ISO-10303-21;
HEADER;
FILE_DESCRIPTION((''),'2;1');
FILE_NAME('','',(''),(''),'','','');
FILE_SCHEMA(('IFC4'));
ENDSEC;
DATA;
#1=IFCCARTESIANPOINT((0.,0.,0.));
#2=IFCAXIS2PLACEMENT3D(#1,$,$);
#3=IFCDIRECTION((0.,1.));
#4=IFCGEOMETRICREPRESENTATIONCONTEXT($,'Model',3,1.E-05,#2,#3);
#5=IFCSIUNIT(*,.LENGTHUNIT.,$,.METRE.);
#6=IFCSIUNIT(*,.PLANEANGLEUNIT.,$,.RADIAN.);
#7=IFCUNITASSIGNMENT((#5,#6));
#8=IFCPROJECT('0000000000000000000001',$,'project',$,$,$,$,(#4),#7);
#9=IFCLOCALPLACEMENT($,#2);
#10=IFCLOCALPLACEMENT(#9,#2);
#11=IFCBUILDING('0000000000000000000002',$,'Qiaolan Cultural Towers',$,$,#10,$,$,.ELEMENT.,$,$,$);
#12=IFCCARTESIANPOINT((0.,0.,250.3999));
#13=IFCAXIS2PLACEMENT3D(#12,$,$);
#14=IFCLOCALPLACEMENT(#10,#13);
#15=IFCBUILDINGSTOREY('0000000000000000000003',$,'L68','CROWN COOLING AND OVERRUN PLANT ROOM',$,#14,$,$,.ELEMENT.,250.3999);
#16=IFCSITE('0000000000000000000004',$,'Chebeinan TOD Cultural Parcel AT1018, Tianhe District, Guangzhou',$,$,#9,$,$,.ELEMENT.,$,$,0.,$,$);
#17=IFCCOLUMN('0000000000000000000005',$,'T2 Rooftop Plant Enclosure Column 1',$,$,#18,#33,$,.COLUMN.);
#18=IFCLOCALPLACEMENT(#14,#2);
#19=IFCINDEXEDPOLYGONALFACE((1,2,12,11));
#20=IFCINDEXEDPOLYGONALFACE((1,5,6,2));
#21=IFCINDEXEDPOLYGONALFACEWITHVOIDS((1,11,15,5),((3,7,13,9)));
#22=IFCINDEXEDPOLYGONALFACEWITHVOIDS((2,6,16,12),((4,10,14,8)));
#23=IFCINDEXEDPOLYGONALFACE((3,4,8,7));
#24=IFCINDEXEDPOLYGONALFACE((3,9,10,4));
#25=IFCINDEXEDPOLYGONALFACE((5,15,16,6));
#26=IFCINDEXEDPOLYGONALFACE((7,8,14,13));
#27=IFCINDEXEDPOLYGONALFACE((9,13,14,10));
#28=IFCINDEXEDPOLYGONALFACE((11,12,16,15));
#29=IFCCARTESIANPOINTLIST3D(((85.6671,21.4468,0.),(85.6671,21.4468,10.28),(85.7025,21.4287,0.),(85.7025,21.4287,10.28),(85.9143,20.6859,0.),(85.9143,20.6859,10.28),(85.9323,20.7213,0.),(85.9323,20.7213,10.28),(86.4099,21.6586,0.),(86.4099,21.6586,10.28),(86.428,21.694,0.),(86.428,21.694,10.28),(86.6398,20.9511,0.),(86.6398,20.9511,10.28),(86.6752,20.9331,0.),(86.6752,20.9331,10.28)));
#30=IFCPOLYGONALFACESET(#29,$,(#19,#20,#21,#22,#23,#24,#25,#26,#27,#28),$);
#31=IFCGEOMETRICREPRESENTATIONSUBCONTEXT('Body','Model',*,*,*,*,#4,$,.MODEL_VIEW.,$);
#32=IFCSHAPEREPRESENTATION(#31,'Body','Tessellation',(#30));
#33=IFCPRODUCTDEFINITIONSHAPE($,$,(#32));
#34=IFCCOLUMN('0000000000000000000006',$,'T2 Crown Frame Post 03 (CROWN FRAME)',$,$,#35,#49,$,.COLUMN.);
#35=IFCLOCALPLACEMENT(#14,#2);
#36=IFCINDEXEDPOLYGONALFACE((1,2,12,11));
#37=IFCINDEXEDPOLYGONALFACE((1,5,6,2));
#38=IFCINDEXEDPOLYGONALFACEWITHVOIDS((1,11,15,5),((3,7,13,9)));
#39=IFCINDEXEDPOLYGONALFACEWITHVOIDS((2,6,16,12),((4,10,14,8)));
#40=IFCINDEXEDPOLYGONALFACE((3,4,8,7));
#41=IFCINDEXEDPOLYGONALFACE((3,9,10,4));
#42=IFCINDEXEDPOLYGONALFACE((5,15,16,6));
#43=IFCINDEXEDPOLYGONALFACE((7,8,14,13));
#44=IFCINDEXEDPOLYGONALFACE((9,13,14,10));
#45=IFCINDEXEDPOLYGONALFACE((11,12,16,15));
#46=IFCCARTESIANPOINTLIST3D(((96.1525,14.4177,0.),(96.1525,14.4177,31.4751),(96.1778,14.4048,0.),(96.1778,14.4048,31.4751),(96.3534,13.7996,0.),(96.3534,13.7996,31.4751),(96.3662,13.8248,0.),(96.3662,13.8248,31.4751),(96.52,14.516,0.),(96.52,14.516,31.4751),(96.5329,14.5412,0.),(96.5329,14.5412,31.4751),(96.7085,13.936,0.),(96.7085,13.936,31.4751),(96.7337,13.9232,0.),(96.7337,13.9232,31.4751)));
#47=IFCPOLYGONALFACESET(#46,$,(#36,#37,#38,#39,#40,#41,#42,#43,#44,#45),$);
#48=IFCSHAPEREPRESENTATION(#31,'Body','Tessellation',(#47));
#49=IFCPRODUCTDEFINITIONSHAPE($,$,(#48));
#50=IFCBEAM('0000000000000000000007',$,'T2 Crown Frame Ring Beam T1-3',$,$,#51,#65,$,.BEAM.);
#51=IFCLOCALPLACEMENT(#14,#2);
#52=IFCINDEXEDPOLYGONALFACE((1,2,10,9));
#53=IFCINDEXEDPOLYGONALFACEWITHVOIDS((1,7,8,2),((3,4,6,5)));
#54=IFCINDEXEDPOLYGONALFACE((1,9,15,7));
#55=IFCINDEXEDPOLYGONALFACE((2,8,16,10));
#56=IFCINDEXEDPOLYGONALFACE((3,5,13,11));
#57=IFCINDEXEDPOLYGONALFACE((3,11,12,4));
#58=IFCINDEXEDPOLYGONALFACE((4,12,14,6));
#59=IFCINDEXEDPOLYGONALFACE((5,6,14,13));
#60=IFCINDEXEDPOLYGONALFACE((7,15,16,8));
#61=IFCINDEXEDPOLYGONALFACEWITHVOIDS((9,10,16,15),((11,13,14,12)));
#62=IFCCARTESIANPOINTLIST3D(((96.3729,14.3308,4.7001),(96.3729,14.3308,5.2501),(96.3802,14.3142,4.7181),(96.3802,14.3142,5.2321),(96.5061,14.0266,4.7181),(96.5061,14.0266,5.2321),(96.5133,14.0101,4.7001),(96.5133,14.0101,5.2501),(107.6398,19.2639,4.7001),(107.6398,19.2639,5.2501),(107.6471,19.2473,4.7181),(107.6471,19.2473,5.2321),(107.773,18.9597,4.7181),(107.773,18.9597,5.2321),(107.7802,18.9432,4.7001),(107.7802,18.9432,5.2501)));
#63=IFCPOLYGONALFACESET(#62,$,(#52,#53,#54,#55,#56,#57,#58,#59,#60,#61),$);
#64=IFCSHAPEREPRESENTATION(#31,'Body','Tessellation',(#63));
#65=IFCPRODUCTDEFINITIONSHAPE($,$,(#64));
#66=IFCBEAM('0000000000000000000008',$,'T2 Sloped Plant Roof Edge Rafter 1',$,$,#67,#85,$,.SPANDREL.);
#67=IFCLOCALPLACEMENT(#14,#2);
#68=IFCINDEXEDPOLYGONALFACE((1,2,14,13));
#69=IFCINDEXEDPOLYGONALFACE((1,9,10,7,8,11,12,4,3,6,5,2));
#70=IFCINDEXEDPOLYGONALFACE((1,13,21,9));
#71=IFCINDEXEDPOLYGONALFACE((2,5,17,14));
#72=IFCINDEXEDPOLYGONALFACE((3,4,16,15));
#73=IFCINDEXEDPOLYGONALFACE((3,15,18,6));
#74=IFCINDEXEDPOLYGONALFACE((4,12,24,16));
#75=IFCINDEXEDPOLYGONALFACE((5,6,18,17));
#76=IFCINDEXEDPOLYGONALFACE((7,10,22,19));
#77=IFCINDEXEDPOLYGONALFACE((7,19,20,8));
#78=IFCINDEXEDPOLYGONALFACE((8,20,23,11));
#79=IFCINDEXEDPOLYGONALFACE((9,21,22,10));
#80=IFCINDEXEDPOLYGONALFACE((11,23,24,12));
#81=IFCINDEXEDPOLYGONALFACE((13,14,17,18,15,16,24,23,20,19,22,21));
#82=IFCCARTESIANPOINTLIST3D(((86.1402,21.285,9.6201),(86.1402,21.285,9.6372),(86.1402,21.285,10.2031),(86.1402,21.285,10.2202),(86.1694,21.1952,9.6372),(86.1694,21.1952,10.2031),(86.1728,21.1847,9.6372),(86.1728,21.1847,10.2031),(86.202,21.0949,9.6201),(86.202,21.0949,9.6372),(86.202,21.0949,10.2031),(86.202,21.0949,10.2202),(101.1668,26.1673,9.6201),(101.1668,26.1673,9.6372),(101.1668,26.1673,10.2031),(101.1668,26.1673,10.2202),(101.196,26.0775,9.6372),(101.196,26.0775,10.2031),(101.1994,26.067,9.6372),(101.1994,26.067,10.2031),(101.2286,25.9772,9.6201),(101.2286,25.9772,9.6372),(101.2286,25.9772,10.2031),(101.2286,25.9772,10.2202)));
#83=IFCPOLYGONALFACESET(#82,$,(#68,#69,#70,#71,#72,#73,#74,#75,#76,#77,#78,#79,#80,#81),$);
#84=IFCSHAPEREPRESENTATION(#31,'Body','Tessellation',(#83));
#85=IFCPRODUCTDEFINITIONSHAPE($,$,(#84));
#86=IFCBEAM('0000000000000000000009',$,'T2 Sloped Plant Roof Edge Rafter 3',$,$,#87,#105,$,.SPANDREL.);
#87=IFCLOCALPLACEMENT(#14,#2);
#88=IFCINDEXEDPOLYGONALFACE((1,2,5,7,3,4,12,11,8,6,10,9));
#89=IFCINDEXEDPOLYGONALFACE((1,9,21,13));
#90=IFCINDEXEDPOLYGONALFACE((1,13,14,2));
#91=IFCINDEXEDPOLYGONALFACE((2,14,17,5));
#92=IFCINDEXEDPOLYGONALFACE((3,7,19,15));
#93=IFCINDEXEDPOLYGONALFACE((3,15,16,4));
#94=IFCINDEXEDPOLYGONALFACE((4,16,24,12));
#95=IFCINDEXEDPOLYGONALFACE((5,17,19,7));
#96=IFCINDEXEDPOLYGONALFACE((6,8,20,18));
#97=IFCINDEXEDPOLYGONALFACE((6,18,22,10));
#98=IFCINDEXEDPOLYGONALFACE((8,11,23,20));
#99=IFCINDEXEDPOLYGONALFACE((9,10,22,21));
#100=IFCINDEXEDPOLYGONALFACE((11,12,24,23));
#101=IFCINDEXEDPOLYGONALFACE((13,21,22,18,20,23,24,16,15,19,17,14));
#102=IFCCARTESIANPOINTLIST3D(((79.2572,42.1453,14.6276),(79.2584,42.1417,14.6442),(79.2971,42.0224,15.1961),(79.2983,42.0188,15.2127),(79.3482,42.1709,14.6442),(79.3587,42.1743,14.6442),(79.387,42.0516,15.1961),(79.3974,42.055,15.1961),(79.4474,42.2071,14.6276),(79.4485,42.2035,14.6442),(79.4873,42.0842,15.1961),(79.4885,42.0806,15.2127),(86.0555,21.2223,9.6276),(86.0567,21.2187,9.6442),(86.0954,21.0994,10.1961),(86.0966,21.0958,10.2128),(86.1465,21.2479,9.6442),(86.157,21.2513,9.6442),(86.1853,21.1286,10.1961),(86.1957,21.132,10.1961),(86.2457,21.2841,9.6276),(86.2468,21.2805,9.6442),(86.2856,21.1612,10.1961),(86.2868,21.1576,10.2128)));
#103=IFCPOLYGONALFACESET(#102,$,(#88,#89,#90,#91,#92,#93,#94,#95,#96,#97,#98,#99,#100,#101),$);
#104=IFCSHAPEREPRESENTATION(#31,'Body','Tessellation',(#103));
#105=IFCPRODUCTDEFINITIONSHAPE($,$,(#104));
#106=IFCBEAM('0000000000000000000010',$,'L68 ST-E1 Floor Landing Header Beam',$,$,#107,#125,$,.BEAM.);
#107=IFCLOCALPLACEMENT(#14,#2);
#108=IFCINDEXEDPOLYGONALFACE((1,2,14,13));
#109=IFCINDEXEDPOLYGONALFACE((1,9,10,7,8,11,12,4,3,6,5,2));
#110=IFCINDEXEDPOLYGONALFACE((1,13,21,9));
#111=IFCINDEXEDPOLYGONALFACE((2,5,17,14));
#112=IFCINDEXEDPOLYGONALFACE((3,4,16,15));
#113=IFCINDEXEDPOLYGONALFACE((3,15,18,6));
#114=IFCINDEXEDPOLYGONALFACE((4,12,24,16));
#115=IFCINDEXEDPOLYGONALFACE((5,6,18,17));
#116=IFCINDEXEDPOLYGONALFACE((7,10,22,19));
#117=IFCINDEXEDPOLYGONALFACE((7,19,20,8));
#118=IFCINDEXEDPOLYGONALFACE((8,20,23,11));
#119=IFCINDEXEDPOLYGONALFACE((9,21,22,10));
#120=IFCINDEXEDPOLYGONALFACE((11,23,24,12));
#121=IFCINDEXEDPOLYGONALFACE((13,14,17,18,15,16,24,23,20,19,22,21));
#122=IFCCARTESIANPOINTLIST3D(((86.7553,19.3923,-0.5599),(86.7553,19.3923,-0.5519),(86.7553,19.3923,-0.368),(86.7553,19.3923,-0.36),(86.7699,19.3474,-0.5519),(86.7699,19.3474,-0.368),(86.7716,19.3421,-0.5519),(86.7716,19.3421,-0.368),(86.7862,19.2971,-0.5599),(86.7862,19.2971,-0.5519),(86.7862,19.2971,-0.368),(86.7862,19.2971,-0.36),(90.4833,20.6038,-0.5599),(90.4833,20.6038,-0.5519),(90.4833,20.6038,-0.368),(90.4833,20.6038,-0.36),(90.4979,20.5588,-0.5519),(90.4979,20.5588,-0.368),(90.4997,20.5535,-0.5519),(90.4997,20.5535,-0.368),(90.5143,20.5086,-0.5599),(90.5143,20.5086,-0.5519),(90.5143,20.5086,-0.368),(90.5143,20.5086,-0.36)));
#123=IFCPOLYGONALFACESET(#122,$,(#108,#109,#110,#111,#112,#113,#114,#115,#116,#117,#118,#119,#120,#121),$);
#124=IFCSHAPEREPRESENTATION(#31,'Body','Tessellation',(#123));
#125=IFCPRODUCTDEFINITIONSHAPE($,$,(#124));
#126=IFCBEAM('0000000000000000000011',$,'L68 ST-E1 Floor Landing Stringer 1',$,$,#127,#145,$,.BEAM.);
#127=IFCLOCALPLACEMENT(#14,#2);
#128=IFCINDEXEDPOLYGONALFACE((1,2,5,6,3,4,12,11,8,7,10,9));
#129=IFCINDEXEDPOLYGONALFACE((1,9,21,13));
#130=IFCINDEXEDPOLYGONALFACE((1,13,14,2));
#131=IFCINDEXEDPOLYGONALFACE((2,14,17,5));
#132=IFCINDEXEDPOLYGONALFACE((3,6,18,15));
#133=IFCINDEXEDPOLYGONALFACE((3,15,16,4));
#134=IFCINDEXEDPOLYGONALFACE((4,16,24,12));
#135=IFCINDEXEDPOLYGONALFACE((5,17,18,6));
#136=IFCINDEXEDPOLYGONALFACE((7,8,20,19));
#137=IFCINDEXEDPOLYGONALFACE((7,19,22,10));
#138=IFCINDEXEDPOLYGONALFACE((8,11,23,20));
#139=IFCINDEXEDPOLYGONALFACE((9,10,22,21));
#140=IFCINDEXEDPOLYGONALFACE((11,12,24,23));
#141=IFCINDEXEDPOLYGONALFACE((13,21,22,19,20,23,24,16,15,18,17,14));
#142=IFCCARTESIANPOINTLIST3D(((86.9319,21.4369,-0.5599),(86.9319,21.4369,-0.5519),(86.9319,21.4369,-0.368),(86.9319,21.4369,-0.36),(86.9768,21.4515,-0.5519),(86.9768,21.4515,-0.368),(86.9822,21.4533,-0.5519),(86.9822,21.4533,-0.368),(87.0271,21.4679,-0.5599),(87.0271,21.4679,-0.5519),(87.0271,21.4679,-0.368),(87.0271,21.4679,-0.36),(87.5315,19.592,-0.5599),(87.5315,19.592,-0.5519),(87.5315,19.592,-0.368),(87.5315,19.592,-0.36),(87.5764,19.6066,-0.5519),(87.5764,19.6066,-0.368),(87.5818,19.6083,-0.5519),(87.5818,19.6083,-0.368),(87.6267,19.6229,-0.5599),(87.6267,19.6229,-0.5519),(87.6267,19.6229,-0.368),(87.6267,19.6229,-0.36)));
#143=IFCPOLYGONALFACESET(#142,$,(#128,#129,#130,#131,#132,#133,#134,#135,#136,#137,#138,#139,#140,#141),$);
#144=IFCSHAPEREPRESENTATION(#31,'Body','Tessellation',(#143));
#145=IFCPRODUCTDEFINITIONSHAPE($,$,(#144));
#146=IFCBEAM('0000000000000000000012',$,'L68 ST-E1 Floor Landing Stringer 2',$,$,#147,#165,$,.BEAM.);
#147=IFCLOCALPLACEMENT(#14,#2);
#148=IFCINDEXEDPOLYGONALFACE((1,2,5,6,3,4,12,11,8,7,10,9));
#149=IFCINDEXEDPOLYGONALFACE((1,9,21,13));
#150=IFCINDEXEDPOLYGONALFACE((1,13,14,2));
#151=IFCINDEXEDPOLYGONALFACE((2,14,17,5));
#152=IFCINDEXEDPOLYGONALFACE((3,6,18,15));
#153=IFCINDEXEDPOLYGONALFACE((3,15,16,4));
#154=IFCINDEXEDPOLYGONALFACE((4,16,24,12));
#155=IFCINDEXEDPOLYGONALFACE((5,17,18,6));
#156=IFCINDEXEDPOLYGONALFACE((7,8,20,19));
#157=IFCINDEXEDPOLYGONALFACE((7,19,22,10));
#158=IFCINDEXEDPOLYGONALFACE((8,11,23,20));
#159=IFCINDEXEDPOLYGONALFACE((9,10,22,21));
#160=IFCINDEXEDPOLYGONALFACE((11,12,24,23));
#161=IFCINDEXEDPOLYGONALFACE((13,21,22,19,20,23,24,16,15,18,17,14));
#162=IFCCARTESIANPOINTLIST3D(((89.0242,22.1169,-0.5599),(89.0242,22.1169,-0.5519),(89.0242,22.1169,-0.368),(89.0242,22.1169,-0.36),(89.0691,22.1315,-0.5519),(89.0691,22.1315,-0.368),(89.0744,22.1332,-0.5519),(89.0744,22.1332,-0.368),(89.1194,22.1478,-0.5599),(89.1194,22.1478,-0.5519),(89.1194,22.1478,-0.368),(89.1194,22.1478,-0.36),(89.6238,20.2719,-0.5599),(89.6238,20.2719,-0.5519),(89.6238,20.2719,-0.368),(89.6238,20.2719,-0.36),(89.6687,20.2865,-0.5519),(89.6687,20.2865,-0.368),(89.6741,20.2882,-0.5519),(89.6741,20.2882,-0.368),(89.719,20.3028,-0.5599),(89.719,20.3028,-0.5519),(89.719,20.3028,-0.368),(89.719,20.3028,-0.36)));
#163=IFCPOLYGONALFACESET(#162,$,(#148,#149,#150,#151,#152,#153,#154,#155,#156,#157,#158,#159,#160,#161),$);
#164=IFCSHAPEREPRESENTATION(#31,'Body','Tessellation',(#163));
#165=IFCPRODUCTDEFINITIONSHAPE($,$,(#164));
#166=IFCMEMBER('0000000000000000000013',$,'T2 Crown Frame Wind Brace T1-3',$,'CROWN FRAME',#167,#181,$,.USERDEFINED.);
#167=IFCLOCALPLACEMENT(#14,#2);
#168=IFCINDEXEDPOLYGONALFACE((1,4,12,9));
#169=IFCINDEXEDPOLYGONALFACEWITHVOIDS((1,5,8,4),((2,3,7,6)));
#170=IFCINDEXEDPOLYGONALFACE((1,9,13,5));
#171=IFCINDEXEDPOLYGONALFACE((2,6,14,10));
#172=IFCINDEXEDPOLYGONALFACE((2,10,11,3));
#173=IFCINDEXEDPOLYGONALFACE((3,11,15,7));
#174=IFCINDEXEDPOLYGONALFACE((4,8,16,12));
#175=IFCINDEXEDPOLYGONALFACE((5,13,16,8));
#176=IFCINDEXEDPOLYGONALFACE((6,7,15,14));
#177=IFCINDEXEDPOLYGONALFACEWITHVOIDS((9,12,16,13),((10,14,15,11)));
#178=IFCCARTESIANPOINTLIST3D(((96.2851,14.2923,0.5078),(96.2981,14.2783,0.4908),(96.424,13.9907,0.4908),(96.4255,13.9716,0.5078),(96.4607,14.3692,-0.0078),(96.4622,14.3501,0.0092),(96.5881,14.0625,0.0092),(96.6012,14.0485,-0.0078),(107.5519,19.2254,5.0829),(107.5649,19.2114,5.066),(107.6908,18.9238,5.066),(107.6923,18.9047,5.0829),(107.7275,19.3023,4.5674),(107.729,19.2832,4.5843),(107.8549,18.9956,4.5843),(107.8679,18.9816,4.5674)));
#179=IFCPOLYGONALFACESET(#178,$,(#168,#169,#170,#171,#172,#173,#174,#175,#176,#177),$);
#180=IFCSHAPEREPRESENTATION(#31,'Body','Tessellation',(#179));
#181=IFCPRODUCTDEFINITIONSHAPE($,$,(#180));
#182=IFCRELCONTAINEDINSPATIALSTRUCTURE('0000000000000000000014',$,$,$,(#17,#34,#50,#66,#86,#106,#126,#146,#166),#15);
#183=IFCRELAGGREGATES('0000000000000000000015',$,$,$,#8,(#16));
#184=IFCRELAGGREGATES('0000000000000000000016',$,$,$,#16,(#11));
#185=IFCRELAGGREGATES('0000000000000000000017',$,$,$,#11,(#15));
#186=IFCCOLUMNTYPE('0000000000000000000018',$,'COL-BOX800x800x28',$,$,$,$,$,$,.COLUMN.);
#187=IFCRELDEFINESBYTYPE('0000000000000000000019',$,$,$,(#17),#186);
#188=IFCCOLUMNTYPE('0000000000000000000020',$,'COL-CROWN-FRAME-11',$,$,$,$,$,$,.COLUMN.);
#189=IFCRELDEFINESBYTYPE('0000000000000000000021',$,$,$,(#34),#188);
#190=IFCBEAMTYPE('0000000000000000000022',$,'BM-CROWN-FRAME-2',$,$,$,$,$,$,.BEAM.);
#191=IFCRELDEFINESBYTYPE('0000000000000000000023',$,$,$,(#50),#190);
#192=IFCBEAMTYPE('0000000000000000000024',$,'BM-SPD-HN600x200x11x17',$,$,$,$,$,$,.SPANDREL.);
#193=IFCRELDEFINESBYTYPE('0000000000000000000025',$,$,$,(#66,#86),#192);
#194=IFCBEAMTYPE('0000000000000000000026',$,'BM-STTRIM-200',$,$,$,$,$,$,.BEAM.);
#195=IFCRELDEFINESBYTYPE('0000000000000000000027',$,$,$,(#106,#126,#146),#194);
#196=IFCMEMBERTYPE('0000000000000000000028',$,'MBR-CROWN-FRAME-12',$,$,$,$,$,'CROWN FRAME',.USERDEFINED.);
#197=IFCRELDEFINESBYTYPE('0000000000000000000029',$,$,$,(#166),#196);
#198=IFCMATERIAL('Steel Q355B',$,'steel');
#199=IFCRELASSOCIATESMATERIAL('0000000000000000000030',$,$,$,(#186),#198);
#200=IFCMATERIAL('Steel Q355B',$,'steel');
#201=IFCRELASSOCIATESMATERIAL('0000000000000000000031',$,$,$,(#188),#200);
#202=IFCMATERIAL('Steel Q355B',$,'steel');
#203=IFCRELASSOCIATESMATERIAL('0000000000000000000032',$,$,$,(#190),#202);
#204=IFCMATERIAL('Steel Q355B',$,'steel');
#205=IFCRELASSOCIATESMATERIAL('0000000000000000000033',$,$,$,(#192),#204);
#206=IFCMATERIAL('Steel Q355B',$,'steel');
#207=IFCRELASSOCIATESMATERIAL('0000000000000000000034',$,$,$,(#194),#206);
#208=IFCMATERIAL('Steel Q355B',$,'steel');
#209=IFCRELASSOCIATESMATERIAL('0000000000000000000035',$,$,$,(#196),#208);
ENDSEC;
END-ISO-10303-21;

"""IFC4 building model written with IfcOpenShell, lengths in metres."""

from ifc_helpers import new_model, si_unit, direction, frame, origin, origin_2d, place, context, subcontext, project, spatial, hollow_rectangle, i_section, extrude, material, material_profile, profile_set, type_object, element, save


model = new_model("IFC4")

# Units and contexts
model_context = context("Model", 3, precision=1e-05, world=origin(), true_north=direction((0.0, 1.0)))
body_context = subcontext(model_context, "Body", "Model", "MODEL_VIEW")
ifc_project = project(units=[si_unit("LENGTHUNIT", "METRE"), si_unit("PLANEANGLEUNIT", "RADIAN")], contexts=[model_context])

# Site, building, storey
site_placement = place(None, origin())
site = spatial("IfcSite", under=ifc_project, at=site_placement, Name="Chebeinan TOD Cultural Parcel AT1018, Tianhe District, Guangzhou", CompositionType="ELEMENT", RefElevation=0.0)
building_placement = place(site_placement, origin())
building = spatial("IfcBuilding", under=site, at=building_placement, Name="Qiaolan Cultural Towers", CompositionType="ELEMENT")
storey_placement = place(building_placement, frame((0.0, 0.0, 250.3999)))
storey = spatial("IfcBuildingStorey", under=building, at=storey_placement, Name="L68", Description="CROWN COOLING AND OVERRUN PLANT ROOM", CompositionType="ELEMENT", Elevation=250.3999)

# Columns
ifc_material_1 = material(Name="Steel Q355B", Category="steel")
ifc_material_profile_1 = material_profile(ifc_material_1, hollow_rectangle(XDim=0.8, YDim=0.8, WallThickness=0.0281, at=origin_2d()), Name="BOX800x800x28")
ifc_profile_set_1 = profile_set([ifc_material_profile_1], Name="Steel Q355B")
column_type_1 = type_object("IfcColumnType", Name="COL-BOX800x800x28", PredefinedType="COLUMN", material=ifc_profile_set_1)
column_1_placement = place(storey_placement, frame((86.1711, 21.1899, 0.0), z_axis=(0.0, 0.0, 1.0), x_axis=(0.951057, 0.309017, 0.0)))
element("IfcColumn", 1, at=column_1_placement, inside=storey, type_object=column_type_1, Name="T2 Rooftop Plant Enclosure Column 1", PredefinedType="COLUMN", context=body_context, shape_type="SweptSolid", body=[
    extrude(hollow_rectangle(XDim=0.8, YDim=0.8, WallThickness=0.0281, at=origin_2d()), origin(), (0.0, 0.0, 1.0), 10.28),
])
ifc_material_2 = material(Name="Steel Q355B", Category="steel")
ifc_material_profile_2 = material_profile(ifc_material_2, hollow_rectangle(XDim=0.3999, YDim=0.6499, WallThickness=0.02, at=origin_2d()), Name="BOX650x400x20")
ifc_profile_set_2 = profile_set([ifc_material_profile_2], Name="Steel Q355B")
column_type_2 = type_object("IfcColumnType", Name="COL-CROWN-FRAME-11", PredefinedType="COLUMN", material=ifc_profile_set_2)
column_2_placement = place(storey_placement, frame((96.4431, 14.1704, 0.0), z_axis=(0.0, 0.0, 1.0), x_axis=(0.951057, 0.309017, 0.0)))
element("IfcColumn", 2, at=column_2_placement, inside=storey, type_object=column_type_2, Name="T2 Crown Frame Post 03 (CROWN FRAME)", PredefinedType="COLUMN", context=body_context, shape_type="SweptSolid", body=[
    extrude(hollow_rectangle(XDim=0.3999, YDim=0.6499, WallThickness=0.02, at=origin_2d()), origin(), (0.0, 0.0, 1.0), 31.4751),
])

# Beams
ifc_material_3 = material(Name="Steel Q355B", Category="steel")
ifc_material_profile_3 = material_profile(ifc_material_3, hollow_rectangle(XDim=0.3501, YDim=0.55, WallThickness=0.0181, at=origin_2d()), Name="BOX550x350x18")
ifc_profile_set_3 = profile_set([ifc_material_profile_3], Name="Steel Q355B")
beam_type_1 = type_object("IfcBeamType", Name="BM-CROWN-FRAME-2", PredefinedType="BEAM", material=ifc_profile_set_3)
beam_1_placement = place(storey_placement, frame((96.4431, 14.1704, 4.9751), z_axis=(0.916042, 0.401082, 0.0), x_axis=(-0.401082, 0.916042, 0.0)))
element("IfcBeam", 3, at=beam_1_placement, inside=storey, type_object=beam_type_1, Name="T2 Crown Frame Ring Beam T1-3", PredefinedType="BEAM", context=body_context, shape_type="SweptSolid", body=[
    extrude(hollow_rectangle(XDim=0.3501, YDim=0.55, WallThickness=0.0181, at=origin_2d()), origin(), (0.0, 0.0, 1.0), 12.2996),
])
ifc_material_4 = material(Name="Steel Q355B", Category="steel")
ifc_material_profile_4 = material_profile(ifc_material_4, i_section(OverallWidth=0.2, OverallDepth=0.6001, WebThickness=0.011, FlangeThickness=0.0171, at=origin_2d()), Name="HN600x200x11x17")
ifc_profile_set_4 = profile_set([ifc_material_profile_4], Name="Steel Q355B")
beam_type_2 = type_object("IfcBeamType", Name="BM-SPD-HN600x200x11x17", PredefinedType="SPANDREL", material=ifc_profile_set_4)
beam_2_placement = place(storey_placement, frame((86.1711, 21.1899, 9.9202), z_axis=(0.951059, 0.30901, 0.0), x_axis=(-0.30901, 0.951059, 0.0)))
element("IfcBeam", 4, at=beam_2_placement, inside=storey, type_object=beam_type_2, Name="T2 Sloped Plant Roof Edge Rafter 1", PredefinedType="SPANDREL", context=body_context, shape_type="SweptSolid", body=[
    extrude(i_section(OverallWidth=0.2, OverallDepth=0.6001, WebThickness=0.011, FlangeThickness=0.0171, at=origin_2d()), origin(), (0.0, 0.0, 1.0), 15.7998),
])
beam_3_placement = place(storey_placement, frame((86.1711, 21.1899, 9.9202), z_axis=(-0.301333, 0.927406, 0.221623), x_axis=(-0.951056, -0.309018, 0.0)))
element("IfcBeam", 5, at=beam_3_placement, inside=storey, type_object=beam_type_2, Name="T2 Sloped Plant Roof Edge Rafter 3", PredefinedType="SPANDREL", context=body_context, shape_type="SweptSolid", body=[
    extrude(i_section(OverallWidth=0.2, OverallDepth=0.6001, WebThickness=0.011, FlangeThickness=0.0171, at=origin_2d()), origin(), (0.0, 0.0, 1.0), 22.5608),
])
ifc_material_5 = material(Name="Steel Q355B", Category="steel")
ifc_material_profile_5 = material_profile(ifc_material_5, i_section(OverallWidth=0.1001, OverallDepth=0.2, WebThickness=0.0056, FlangeThickness=0.0081, at=origin_2d()), Name="HN200x100x5.5x8")
ifc_profile_set_5 = profile_set([ifc_material_profile_5], Name="Steel Q355B")
beam_type_3 = type_object("IfcBeamType", Name="BM-STTRIM-200", PredefinedType="BEAM", material=ifc_profile_set_5)
beam_4_placement = place(storey_placement, frame((86.7708, 19.3447, -0.46), z_axis=(0.951048, 0.309044, 0.0), x_axis=(-0.309044, 0.951048, 0.0)))
element("IfcBeam", 6, at=beam_4_placement, inside=storey, type_object=beam_type_3, Name="L68 ST-E1 Floor Landing Header Beam", PredefinedType="BEAM", context=body_context, shape_type="SweptSolid", body=[
    extrude(i_section(OverallWidth=0.1001, OverallDepth=0.2, WebThickness=0.0056, FlangeThickness=0.0081, at=origin_2d()), origin(), (0.0, 0.0, 1.0), 3.9199),
])
for number, where, z_axis, x_axis, name in (
    (7, (86.9795, 21.4524, -0.46), (0.309083, -0.951035, 0.0), (0.951035, 0.309083, 0.0), "L68 ST-E1 Floor Landing Stringer 1"),
    (8, (89.0718, 22.1323, -0.46), (0.309083, -0.951035, 0.0), (0.951035, 0.309083, 0.0), "L68 ST-E1 Floor Landing Stringer 2"),
):
    element("IfcBeam", number, at=place(storey_placement, frame(where, z_axis=z_axis, x_axis=x_axis)), inside=storey, type_object=beam_type_3, Name=name, PredefinedType="BEAM", context=body_context, shape_type="SweptSolid", body=[
        extrude(i_section(OverallWidth=0.1001, OverallDepth=0.2, WebThickness=0.0056, FlangeThickness=0.0081, at=origin_2d()), origin(), (0.0, 0.0, 1.0), 1.9399),
    ])

# Member
ifc_material_6 = material(Name="Steel Q355B", Category="steel")
ifc_material_profile_6 = material_profile(ifc_material_6, hollow_rectangle(XDim=0.3501, YDim=0.55, WallThickness=0.0181, at=origin_2d()), Name="BOX550x350x18")
ifc_profile_set_6 = profile_set([ifc_material_profile_6], Name="Steel Q355B")
member_type = type_object("IfcMemberType", Name="MBR-CROWN-FRAME-12", ElementType="CROWN FRAME", PredefinedType="USERDEFINED", material=ifc_profile_set_6)
for number, where, z_axis, x_axis, name in (
    (9, (96.4431, 14.1704, 0.25), (0.858566, 0.375917, 0.348643), (-0.401082, 0.916042, 0.0), "T2 Crown Frame Wind Brace T1-3"),
):
    element("IfcMember", number, at=place(storey_placement, frame(where, z_axis=z_axis, x_axis=x_axis)), inside=storey, type_object=member_type, Name=name, ObjectType="CROWN FRAME", PredefinedType="USERDEFINED", context=body_context, shape_type="SweptSolid", body=[
        extrude(hollow_rectangle(XDim=0.3501, YDim=0.55, WallThickness=0.0181, at=origin_2d()), origin(), (0.0, 0.0, 1.0), 13.1228),
    ])

save(model, "model.ifc")
